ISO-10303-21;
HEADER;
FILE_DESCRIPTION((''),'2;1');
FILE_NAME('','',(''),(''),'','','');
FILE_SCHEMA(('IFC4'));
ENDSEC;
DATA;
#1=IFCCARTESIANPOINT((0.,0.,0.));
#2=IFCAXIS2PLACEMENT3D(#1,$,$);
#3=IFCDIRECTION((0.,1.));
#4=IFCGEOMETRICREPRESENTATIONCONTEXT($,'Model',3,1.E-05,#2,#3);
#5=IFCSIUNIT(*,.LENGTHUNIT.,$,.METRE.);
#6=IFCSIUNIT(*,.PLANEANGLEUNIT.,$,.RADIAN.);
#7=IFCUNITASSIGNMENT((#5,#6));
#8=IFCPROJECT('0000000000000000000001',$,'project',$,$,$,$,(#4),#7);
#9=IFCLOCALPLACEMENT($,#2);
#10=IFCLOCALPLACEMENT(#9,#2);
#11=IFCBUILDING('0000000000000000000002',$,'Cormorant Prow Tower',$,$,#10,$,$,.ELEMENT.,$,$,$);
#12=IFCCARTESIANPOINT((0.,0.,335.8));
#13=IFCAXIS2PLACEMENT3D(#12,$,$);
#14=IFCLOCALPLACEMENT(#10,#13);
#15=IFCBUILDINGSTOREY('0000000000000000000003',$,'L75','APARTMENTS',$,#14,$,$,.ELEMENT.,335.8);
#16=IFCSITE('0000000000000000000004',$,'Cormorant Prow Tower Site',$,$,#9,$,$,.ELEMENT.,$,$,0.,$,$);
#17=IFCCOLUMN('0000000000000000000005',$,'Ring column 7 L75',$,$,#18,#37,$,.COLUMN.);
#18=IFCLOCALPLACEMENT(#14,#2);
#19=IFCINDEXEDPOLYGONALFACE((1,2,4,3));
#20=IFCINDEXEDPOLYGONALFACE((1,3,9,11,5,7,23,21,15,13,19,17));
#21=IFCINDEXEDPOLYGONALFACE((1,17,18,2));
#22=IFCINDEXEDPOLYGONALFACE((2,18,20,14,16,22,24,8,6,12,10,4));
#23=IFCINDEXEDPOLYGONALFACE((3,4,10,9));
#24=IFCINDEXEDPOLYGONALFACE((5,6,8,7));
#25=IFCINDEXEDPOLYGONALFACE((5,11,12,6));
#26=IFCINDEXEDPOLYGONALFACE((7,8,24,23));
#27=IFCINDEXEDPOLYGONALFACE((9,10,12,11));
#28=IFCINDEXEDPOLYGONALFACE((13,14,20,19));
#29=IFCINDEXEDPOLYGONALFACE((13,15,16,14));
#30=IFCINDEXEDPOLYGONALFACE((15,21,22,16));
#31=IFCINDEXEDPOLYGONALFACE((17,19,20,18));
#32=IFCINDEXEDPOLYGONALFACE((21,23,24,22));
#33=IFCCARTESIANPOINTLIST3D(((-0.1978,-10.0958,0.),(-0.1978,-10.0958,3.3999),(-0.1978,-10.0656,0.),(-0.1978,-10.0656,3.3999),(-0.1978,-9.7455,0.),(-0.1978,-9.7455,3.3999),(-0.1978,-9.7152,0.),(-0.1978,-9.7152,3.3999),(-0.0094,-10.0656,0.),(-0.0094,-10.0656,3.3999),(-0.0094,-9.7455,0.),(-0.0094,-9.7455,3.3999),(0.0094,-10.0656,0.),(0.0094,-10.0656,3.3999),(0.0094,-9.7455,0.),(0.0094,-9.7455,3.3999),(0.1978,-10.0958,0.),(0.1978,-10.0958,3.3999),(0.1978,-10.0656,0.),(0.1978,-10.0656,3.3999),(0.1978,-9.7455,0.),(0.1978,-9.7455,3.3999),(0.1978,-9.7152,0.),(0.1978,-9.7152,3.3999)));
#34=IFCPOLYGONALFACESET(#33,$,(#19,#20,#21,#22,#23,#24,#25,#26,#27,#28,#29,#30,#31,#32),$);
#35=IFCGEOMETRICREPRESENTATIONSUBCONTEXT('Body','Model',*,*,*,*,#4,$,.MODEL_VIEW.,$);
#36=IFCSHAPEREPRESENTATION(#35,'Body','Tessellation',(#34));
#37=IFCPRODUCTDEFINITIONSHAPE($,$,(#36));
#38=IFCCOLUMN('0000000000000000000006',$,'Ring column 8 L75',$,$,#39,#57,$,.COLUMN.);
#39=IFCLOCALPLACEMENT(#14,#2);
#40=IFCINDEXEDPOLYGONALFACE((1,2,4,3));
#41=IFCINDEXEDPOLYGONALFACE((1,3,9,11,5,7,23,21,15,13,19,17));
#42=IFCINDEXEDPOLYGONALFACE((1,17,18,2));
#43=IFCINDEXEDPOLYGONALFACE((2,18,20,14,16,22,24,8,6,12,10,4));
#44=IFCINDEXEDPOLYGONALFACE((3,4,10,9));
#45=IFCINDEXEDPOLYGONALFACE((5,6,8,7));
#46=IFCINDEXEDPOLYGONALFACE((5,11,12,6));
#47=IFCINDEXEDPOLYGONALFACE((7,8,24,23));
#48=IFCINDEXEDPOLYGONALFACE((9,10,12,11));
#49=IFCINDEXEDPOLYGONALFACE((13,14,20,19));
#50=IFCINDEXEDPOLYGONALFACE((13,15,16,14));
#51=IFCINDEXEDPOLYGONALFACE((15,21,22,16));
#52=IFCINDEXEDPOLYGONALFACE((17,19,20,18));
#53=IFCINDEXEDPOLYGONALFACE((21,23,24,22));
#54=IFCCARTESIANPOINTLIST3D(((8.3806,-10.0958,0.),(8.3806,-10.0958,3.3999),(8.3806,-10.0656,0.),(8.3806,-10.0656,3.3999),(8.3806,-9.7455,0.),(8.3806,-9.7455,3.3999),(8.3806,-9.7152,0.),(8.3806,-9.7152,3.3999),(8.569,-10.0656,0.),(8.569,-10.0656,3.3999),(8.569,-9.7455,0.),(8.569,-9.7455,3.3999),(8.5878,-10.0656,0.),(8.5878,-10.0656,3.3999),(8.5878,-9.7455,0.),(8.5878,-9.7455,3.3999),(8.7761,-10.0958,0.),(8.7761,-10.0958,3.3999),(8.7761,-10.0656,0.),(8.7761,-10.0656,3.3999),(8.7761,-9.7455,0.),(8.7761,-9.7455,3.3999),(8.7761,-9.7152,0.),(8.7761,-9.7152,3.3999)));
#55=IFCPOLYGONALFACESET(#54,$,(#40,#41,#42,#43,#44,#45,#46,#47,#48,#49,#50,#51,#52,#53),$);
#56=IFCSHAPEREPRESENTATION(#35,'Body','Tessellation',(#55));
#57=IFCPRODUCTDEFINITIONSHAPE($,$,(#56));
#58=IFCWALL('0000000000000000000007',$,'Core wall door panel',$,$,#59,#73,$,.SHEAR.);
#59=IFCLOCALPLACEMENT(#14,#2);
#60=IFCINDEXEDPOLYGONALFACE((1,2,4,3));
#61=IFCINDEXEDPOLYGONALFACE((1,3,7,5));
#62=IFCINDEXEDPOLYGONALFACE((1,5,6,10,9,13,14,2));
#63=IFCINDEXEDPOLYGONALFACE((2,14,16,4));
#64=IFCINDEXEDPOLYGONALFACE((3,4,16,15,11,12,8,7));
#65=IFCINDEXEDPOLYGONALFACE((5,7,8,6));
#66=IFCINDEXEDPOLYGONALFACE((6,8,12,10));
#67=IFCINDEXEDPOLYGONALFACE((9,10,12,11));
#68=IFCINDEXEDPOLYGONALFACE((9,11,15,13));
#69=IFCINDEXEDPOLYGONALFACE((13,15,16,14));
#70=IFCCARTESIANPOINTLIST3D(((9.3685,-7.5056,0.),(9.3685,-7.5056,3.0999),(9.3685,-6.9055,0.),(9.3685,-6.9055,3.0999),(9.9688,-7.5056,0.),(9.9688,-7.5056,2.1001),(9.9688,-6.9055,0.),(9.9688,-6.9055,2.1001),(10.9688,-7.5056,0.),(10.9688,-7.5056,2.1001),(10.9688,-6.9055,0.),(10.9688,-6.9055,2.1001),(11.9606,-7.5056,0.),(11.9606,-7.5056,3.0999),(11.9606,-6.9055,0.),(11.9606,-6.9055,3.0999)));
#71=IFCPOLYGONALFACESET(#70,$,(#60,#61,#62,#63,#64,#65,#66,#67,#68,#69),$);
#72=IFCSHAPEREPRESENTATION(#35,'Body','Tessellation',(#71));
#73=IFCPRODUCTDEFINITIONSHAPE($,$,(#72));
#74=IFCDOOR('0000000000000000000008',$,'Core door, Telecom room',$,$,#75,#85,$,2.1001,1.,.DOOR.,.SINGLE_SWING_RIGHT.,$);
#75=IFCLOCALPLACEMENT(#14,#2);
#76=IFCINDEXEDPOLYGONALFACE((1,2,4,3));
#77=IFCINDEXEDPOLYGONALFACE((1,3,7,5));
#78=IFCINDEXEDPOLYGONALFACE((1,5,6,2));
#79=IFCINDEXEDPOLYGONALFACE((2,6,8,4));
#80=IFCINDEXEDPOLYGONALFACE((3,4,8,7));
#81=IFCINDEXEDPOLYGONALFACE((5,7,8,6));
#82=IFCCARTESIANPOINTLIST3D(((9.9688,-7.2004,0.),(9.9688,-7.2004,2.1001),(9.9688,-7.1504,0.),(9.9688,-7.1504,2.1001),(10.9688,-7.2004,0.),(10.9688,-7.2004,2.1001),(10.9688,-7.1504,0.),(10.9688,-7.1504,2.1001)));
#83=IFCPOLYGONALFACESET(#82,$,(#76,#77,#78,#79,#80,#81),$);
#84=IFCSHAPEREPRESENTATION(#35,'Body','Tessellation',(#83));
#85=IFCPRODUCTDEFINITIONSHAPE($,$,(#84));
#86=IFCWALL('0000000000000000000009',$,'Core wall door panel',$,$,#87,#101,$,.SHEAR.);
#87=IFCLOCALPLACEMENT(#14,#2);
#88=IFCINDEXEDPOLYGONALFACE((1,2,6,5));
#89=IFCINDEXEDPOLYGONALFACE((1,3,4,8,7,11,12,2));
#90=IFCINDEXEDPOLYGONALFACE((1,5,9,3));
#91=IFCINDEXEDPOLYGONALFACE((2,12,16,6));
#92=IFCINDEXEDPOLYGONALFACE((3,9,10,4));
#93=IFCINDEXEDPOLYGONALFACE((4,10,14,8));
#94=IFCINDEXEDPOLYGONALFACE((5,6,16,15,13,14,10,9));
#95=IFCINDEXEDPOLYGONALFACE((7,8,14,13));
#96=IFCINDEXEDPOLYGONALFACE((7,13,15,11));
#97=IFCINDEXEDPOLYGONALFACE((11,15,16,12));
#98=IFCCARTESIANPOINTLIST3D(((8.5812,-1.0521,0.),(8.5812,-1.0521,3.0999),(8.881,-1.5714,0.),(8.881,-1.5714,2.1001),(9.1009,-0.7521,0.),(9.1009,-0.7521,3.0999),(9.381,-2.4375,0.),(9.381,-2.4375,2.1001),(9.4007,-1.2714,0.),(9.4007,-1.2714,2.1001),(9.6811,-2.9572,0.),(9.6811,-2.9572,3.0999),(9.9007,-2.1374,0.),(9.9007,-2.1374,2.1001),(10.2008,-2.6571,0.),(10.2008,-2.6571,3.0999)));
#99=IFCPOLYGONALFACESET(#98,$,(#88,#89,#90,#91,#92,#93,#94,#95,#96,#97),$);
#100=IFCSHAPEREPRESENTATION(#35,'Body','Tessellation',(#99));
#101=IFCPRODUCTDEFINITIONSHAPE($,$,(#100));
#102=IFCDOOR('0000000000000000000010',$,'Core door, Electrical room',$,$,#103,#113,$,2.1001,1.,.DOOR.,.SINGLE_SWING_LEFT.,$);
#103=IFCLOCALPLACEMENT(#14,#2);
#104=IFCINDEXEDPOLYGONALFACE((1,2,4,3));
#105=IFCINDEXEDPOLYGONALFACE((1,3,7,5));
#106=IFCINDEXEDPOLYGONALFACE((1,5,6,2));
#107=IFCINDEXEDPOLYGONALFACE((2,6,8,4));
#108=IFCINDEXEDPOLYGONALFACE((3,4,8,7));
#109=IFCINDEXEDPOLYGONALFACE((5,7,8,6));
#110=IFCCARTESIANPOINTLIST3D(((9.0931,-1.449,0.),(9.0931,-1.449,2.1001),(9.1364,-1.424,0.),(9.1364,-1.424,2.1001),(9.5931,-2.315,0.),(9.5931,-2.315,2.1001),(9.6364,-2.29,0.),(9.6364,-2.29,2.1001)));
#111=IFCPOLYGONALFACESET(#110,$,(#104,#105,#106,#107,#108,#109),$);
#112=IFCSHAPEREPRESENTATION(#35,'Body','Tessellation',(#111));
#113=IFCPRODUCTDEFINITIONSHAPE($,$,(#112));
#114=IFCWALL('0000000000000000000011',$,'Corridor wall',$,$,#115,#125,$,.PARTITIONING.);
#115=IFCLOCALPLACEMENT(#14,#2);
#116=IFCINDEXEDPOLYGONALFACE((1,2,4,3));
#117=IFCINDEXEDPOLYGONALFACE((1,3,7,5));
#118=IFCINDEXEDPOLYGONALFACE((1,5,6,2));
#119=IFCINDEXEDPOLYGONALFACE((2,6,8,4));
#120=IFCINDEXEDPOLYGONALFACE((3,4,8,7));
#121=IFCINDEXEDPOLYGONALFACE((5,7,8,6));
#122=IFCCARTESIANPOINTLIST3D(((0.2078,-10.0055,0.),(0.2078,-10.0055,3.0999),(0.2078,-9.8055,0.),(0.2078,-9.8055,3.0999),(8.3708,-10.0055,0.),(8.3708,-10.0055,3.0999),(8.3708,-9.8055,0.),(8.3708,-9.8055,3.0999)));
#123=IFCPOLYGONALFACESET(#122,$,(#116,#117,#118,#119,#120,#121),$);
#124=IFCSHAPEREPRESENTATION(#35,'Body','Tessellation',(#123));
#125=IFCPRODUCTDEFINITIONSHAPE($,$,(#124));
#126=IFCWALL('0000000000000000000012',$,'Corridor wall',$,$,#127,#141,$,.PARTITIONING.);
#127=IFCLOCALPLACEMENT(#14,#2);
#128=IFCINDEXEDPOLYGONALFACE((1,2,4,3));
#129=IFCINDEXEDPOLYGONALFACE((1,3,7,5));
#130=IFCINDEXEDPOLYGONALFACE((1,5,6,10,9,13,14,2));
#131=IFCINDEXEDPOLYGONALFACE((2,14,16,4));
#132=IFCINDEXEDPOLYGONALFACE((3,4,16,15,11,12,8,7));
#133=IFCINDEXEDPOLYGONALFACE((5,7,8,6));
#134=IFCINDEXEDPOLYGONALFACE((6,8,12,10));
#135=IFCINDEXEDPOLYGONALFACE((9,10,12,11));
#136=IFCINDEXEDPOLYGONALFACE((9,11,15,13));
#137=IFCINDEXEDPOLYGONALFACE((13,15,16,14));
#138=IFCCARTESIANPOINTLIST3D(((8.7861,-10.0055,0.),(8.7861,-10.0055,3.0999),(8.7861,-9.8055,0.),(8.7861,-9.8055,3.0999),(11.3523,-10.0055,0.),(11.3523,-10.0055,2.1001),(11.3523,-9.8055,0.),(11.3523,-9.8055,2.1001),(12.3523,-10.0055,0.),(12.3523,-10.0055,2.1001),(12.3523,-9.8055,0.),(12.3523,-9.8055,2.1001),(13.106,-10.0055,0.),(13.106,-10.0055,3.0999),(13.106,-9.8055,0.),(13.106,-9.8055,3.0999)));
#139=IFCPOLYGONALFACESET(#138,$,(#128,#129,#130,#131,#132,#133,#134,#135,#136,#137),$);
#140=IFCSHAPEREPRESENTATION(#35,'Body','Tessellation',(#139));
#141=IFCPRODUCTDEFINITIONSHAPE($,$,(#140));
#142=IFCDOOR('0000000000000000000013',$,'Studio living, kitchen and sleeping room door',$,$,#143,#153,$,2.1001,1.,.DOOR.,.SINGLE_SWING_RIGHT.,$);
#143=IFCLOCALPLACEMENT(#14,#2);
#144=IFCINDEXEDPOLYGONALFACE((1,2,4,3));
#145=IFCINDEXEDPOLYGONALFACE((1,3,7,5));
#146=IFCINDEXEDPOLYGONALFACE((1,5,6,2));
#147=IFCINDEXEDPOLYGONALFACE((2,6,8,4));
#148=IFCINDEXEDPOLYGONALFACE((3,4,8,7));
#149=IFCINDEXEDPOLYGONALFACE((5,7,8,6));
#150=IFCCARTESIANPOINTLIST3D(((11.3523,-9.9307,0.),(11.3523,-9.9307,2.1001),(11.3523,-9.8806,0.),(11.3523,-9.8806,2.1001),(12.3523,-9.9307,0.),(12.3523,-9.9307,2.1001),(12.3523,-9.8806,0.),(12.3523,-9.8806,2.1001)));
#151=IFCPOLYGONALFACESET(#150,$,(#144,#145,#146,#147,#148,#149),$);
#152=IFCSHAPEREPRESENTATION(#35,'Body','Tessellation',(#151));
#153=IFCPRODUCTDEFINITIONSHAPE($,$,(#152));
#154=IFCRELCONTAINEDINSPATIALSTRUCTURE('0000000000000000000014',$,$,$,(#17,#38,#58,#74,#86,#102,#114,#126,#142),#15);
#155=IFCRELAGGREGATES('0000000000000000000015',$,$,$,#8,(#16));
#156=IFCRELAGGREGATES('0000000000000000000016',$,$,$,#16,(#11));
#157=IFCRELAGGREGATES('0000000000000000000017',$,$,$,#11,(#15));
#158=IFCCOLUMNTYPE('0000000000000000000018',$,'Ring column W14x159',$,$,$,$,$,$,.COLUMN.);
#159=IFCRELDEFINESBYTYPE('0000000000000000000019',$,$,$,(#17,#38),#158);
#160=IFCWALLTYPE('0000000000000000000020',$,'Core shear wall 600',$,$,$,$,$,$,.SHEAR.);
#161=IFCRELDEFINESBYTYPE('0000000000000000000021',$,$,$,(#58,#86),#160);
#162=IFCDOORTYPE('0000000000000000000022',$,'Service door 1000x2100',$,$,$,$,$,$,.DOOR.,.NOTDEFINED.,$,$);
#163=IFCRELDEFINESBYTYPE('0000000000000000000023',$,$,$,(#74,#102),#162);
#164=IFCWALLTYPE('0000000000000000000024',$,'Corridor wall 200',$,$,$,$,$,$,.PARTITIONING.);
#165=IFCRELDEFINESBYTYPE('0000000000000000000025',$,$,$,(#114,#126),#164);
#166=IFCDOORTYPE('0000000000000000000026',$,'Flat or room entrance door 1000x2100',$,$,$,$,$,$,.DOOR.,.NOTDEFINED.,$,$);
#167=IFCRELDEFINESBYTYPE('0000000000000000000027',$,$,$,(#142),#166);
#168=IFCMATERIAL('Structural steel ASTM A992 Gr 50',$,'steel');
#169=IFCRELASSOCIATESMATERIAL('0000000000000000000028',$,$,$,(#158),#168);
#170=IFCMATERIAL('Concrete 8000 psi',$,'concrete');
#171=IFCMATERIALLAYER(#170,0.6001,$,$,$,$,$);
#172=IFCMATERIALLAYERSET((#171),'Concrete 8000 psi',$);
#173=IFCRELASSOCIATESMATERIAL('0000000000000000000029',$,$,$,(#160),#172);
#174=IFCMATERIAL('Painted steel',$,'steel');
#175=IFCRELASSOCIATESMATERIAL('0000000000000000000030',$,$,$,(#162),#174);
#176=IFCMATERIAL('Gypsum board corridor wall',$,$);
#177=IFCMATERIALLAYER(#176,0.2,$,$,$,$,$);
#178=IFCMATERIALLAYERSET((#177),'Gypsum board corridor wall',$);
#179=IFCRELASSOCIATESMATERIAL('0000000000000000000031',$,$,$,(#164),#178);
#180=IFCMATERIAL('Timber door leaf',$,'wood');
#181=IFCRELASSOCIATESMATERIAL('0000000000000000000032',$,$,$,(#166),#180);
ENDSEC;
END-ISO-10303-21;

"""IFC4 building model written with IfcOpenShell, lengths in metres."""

from ifc_helpers import new_model, si_unit, direction, frame, frame_2d, origin, origin_2d, place, context, subcontext, project, spatial, rectangle, i_section, extrude, material, layer, layer_set, material_profile, profile_set, type_object, element, fill, save


model = new_model("IFC4")

# Units and contexts
model_context = context("Model", 3, precision=1e-05, world=origin(), true_north=direction((0.0, 1.0)))
body_context = subcontext(model_context, "Body", "Model", "MODEL_VIEW")
ifc_project = project(units=[si_unit("LENGTHUNIT", "METRE"), si_unit("PLANEANGLEUNIT", "RADIAN")], contexts=[model_context])

# Site, building, storey
site_placement = place(None, origin())
site = spatial("IfcSite", under=ifc_project, at=site_placement, Name="Cormorant Prow Tower Site", CompositionType="ELEMENT", RefElevation=0.0)
building_placement = place(site_placement, origin())
building = spatial("IfcBuilding", under=site, at=building_placement, Name="Cormorant Prow Tower", CompositionType="ELEMENT")
storey_placement = place(building_placement, frame((0.0, 0.0, 335.8)))
storey = spatial("IfcBuildingStorey", under=building, at=storey_placement, Name="L75", Description="APARTMENTS", CompositionType="ELEMENT", Elevation=335.8)

# Columns
ifc_material_1 = material(Name="Structural steel ASTM A992 Gr 50", Category="steel")
ifc_material_profile = material_profile(ifc_material_1, i_section(OverallWidth=0.3955, OverallDepth=0.3806, WebThickness=0.0188, FlangeThickness=0.0303, at=origin_2d()), Name="W14x159")
ifc_profile_set = profile_set([ifc_material_profile], Name="Structural steel ASTM A992 Gr 50")
column_type = type_object("IfcColumnType", Name="Ring column W14x159", PredefinedType="COLUMN", material=ifc_profile_set)
for number, where, z_axis, x_axis, name in (
    (1, (0.0, -9.9055, 0.0), (0.0, 0.0, 1.0), (1.0, 0.0, 0.0), "Ring column 7 L75"),
    (2, (8.5784, -9.9055, 0.0), (0.0, 0.0, 1.0), (1.0, 0.0, 0.0), "Ring column 8 L75"),
):
    element("IfcColumn", number, at=place(storey_placement, frame(where, z_axis=z_axis, x_axis=x_axis)), inside=storey, type_object=column_type, Name=name, PredefinedType="COLUMN", context=body_context, shape_type="SweptSolid", body=[
        extrude(i_section(OverallWidth=0.3955, OverallDepth=0.3806, WebThickness=0.0188, FlangeThickness=0.0303, at=origin_2d()), origin(), (0.0, 0.0, 1.0), 3.3999),
    ])

# Walls, openings, doors
ifc_material_2 = material(Name="Concrete 8000 psi", Category="concrete")
ifc_layer_1 = layer(ifc_material_2, 0.6001)
ifc_layer_set_1 = layer_set([ifc_layer_1], Name="Concrete 8000 psi")
wall_type_1 = type_object("IfcWallType", Name="Core shear wall 600", PredefinedType="SHEAR", material=ifc_layer_set_1)
wall_1_placement = place(storey_placement, frame((9.3687, -7.2056, 0.0), z_axis=(0.0, 0.0, 1.0), x_axis=(1.0, 0.0, 0.0)))
wall_1 = element("IfcWall", 3, at=wall_1_placement, inside=storey, type_object=wall_type_1, Name="Core wall door panel", PredefinedType="SHEAR", context=body_context, shape_type="SweptSolid", body=[
    extrude(rectangle(XDim=2.592, YDim=0.6001, at=frame_2d((1.2959, 0.0))), origin(), (0.0, 0.0, 1.0), 3.0999),
])
opening_1_placement = place(wall_1_placement, frame((0.6001, 0.0, 0.0)))
opening_1 = element("IfcOpeningElement", 4, at=opening_1_placement, cuts=wall_1, PredefinedType="OPENING", context=body_context, shape_type="SweptSolid", body=[
    extrude(rectangle(XDim=1.0, YDim=2.1001, at=frame_2d((0.5, 1.05))), frame((0.0, 0.3101, 0.0), z_axis=(0.0, -1.0, 0.0), x_axis=(1.0, 0.0, 0.0)), (0.0, 0.0, 1.0), 0.6201),
])
ifc_material_3 = material(Name="Painted steel", Category="steel")
door_type_1 = type_object("IfcDoorType", Name="Service door 1000x2100", OperationType="NOTDEFINED", PredefinedType="DOOR", material=ifc_material_3)
door_1_placement = place(opening_1_placement, origin())
door_1 = element("IfcDoor", 5, at=door_1_placement, inside=storey, type_object=door_type_1, Name="Core door, Telecom room", OperationType="SINGLE_SWING_RIGHT", OverallHeight=2.1001, OverallWidth=1.0, PredefinedType="DOOR", context=body_context, shape_type="SweptSolid", body=[
    extrude(rectangle(XDim=1.0, YDim=2.1001, at=frame_2d((0.5, 1.05))), frame((0.0, 0.0552, 0.0), z_axis=(0.0, -1.0, 0.0), x_axis=(1.0, 0.0, 0.0)), (0.0, 0.0, 1.0), 0.05),
])
fill(opening_1, door_1)
wall_2_placement = place(storey_placement, frame((9.9409, -2.8071, 0.0), z_axis=(0.0, 0.0, 1.0), x_axis=(-0.499995, 0.866028, 0.0)))
wall_2 = element("IfcWall", 6, at=wall_2_placement, inside=storey, type_object=wall_type_1, Name="Core wall door panel", PredefinedType="SHEAR", context=body_context, shape_type="SweptSolid", body=[
    extrude(rectangle(XDim=2.1997, YDim=0.6001, at=frame_2d((1.0999, 0.0))), origin(), (0.0, 0.0, 1.0), 3.0999),
])
opening_2_placement = place(wall_2_placement, frame((0.6001, 0.0, 0.0)))
opening_2 = element("IfcOpeningElement", 7, at=opening_2_placement, cuts=wall_2, PredefinedType="OPENING", context=body_context, shape_type="SweptSolid", body=[
    extrude(rectangle(XDim=1.0, YDim=2.1001, at=frame_2d((0.5, 1.05))), frame((0.0, 0.3101, 0.0), z_axis=(0.0, -1.0, 0.0), x_axis=(1.0, 0.0, 0.0)), (0.0, 0.0, 1.0), 0.6201),
])
door_2_placement = place(opening_2_placement, origin())
door_2 = element("IfcDoor", 8, at=door_2_placement, inside=storey, type_object=door_type_1, Name="Core door, Electrical room", OperationType="SINGLE_SWING_LEFT", OverallHeight=2.1001, OverallWidth=1.0, PredefinedType="DOOR", context=body_context, shape_type="SweptSolid", body=[
    extrude(rectangle(XDim=1.0, YDim=2.1001, at=frame_2d((0.5, 1.05))), frame((0.0, 0.0552, 0.0), z_axis=(0.0, -1.0, 0.0), x_axis=(1.0, 0.0, 0.0)), (0.0, 0.0, 1.0), 0.05),
])
fill(opening_2, door_2)

# Wall
ifc_material_4 = material(Name="Gypsum board corridor wall")
ifc_layer_2 = layer(ifc_material_4, 0.2)
ifc_layer_set_2 = layer_set([ifc_layer_2], Name="Gypsum board corridor wall")
wall_type_2 = type_object("IfcWallType", Name="Corridor wall 200", PredefinedType="PARTITIONING", material=ifc_layer_set_2)
wall_3_placement = place(storey_placement, frame((0.2078, -9.9055, 0.0), z_axis=(0.0, 0.0, 1.0), x_axis=(1.0, 0.0, 0.0)))
element("IfcWall", 9, at=wall_3_placement, inside=storey, type_object=wall_type_2, Name="Corridor wall", PredefinedType="PARTITIONING", context=body_context, shape_type="SweptSolid", body=[
    extrude(rectangle(XDim=8.1631, YDim=0.2, at=frame_2d((4.0815, 0.0))), origin(), (0.0, 0.0, 1.0), 3.0999),
])

# Wall, opening, door
wall_4_placement = place(storey_placement, frame((8.7861, -9.9055, 0.0), z_axis=(0.0, 0.0, 1.0), x_axis=(1.0, 0.0, 0.0)))
wall_4 = element("IfcWall", 10, at=wall_4_placement, inside=storey, type_object=wall_type_2, Name="Corridor wall", PredefinedType="PARTITIONING", context=body_context, shape_type="SweptSolid", body=[
    extrude(rectangle(XDim=4.3198, YDim=0.2, at=frame_2d((2.1599, 0.0))), origin(), (0.0, 0.0, 1.0), 3.0999),
])
opening_3_placement = place(wall_4_placement, frame((2.5662, 0.0, 0.0)))
opening_3 = element("IfcOpeningElement", 11, at=opening_3_placement, cuts=wall_4, PredefinedType="OPENING", context=body_context, shape_type="SweptSolid", body=[
    extrude(rectangle(XDim=1.0, YDim=2.1001, at=frame_2d((0.5, 1.05))), frame((0.0, 0.1099, 0.0), z_axis=(0.0, -1.0, 0.0), x_axis=(1.0, 0.0, 0.0)), (0.0, 0.0, 1.0), 0.22),
])
ifc_material_5 = material(Name="Timber door leaf", Category="wood")
door_type_2 = type_object("IfcDoorType", Name="Flat or room entrance door 1000x2100", OperationType="NOTDEFINED", PredefinedType="DOOR", material=ifc_material_5)
door_3_placement = place(opening_3_placement, origin())
door_3 = element("IfcDoor", 12, at=door_3_placement, inside=storey, type_object=door_type_2, Name="Studio living, kitchen and sleeping room door", OperationType="SINGLE_SWING_RIGHT", OverallHeight=2.1001, OverallWidth=1.0, PredefinedType="DOOR", context=body_context, shape_type="SweptSolid", body=[
    extrude(rectangle(XDim=1.0, YDim=2.1001, at=frame_2d((0.5, 1.05))), frame((0.0, 0.0249, 0.0), z_axis=(0.0, -1.0, 0.0), x_axis=(1.0, 0.0, 0.0)), (0.0, 0.0, 1.0), 0.05),
])
fill(opening_3, door_3)

save(model, "model.ifc")
